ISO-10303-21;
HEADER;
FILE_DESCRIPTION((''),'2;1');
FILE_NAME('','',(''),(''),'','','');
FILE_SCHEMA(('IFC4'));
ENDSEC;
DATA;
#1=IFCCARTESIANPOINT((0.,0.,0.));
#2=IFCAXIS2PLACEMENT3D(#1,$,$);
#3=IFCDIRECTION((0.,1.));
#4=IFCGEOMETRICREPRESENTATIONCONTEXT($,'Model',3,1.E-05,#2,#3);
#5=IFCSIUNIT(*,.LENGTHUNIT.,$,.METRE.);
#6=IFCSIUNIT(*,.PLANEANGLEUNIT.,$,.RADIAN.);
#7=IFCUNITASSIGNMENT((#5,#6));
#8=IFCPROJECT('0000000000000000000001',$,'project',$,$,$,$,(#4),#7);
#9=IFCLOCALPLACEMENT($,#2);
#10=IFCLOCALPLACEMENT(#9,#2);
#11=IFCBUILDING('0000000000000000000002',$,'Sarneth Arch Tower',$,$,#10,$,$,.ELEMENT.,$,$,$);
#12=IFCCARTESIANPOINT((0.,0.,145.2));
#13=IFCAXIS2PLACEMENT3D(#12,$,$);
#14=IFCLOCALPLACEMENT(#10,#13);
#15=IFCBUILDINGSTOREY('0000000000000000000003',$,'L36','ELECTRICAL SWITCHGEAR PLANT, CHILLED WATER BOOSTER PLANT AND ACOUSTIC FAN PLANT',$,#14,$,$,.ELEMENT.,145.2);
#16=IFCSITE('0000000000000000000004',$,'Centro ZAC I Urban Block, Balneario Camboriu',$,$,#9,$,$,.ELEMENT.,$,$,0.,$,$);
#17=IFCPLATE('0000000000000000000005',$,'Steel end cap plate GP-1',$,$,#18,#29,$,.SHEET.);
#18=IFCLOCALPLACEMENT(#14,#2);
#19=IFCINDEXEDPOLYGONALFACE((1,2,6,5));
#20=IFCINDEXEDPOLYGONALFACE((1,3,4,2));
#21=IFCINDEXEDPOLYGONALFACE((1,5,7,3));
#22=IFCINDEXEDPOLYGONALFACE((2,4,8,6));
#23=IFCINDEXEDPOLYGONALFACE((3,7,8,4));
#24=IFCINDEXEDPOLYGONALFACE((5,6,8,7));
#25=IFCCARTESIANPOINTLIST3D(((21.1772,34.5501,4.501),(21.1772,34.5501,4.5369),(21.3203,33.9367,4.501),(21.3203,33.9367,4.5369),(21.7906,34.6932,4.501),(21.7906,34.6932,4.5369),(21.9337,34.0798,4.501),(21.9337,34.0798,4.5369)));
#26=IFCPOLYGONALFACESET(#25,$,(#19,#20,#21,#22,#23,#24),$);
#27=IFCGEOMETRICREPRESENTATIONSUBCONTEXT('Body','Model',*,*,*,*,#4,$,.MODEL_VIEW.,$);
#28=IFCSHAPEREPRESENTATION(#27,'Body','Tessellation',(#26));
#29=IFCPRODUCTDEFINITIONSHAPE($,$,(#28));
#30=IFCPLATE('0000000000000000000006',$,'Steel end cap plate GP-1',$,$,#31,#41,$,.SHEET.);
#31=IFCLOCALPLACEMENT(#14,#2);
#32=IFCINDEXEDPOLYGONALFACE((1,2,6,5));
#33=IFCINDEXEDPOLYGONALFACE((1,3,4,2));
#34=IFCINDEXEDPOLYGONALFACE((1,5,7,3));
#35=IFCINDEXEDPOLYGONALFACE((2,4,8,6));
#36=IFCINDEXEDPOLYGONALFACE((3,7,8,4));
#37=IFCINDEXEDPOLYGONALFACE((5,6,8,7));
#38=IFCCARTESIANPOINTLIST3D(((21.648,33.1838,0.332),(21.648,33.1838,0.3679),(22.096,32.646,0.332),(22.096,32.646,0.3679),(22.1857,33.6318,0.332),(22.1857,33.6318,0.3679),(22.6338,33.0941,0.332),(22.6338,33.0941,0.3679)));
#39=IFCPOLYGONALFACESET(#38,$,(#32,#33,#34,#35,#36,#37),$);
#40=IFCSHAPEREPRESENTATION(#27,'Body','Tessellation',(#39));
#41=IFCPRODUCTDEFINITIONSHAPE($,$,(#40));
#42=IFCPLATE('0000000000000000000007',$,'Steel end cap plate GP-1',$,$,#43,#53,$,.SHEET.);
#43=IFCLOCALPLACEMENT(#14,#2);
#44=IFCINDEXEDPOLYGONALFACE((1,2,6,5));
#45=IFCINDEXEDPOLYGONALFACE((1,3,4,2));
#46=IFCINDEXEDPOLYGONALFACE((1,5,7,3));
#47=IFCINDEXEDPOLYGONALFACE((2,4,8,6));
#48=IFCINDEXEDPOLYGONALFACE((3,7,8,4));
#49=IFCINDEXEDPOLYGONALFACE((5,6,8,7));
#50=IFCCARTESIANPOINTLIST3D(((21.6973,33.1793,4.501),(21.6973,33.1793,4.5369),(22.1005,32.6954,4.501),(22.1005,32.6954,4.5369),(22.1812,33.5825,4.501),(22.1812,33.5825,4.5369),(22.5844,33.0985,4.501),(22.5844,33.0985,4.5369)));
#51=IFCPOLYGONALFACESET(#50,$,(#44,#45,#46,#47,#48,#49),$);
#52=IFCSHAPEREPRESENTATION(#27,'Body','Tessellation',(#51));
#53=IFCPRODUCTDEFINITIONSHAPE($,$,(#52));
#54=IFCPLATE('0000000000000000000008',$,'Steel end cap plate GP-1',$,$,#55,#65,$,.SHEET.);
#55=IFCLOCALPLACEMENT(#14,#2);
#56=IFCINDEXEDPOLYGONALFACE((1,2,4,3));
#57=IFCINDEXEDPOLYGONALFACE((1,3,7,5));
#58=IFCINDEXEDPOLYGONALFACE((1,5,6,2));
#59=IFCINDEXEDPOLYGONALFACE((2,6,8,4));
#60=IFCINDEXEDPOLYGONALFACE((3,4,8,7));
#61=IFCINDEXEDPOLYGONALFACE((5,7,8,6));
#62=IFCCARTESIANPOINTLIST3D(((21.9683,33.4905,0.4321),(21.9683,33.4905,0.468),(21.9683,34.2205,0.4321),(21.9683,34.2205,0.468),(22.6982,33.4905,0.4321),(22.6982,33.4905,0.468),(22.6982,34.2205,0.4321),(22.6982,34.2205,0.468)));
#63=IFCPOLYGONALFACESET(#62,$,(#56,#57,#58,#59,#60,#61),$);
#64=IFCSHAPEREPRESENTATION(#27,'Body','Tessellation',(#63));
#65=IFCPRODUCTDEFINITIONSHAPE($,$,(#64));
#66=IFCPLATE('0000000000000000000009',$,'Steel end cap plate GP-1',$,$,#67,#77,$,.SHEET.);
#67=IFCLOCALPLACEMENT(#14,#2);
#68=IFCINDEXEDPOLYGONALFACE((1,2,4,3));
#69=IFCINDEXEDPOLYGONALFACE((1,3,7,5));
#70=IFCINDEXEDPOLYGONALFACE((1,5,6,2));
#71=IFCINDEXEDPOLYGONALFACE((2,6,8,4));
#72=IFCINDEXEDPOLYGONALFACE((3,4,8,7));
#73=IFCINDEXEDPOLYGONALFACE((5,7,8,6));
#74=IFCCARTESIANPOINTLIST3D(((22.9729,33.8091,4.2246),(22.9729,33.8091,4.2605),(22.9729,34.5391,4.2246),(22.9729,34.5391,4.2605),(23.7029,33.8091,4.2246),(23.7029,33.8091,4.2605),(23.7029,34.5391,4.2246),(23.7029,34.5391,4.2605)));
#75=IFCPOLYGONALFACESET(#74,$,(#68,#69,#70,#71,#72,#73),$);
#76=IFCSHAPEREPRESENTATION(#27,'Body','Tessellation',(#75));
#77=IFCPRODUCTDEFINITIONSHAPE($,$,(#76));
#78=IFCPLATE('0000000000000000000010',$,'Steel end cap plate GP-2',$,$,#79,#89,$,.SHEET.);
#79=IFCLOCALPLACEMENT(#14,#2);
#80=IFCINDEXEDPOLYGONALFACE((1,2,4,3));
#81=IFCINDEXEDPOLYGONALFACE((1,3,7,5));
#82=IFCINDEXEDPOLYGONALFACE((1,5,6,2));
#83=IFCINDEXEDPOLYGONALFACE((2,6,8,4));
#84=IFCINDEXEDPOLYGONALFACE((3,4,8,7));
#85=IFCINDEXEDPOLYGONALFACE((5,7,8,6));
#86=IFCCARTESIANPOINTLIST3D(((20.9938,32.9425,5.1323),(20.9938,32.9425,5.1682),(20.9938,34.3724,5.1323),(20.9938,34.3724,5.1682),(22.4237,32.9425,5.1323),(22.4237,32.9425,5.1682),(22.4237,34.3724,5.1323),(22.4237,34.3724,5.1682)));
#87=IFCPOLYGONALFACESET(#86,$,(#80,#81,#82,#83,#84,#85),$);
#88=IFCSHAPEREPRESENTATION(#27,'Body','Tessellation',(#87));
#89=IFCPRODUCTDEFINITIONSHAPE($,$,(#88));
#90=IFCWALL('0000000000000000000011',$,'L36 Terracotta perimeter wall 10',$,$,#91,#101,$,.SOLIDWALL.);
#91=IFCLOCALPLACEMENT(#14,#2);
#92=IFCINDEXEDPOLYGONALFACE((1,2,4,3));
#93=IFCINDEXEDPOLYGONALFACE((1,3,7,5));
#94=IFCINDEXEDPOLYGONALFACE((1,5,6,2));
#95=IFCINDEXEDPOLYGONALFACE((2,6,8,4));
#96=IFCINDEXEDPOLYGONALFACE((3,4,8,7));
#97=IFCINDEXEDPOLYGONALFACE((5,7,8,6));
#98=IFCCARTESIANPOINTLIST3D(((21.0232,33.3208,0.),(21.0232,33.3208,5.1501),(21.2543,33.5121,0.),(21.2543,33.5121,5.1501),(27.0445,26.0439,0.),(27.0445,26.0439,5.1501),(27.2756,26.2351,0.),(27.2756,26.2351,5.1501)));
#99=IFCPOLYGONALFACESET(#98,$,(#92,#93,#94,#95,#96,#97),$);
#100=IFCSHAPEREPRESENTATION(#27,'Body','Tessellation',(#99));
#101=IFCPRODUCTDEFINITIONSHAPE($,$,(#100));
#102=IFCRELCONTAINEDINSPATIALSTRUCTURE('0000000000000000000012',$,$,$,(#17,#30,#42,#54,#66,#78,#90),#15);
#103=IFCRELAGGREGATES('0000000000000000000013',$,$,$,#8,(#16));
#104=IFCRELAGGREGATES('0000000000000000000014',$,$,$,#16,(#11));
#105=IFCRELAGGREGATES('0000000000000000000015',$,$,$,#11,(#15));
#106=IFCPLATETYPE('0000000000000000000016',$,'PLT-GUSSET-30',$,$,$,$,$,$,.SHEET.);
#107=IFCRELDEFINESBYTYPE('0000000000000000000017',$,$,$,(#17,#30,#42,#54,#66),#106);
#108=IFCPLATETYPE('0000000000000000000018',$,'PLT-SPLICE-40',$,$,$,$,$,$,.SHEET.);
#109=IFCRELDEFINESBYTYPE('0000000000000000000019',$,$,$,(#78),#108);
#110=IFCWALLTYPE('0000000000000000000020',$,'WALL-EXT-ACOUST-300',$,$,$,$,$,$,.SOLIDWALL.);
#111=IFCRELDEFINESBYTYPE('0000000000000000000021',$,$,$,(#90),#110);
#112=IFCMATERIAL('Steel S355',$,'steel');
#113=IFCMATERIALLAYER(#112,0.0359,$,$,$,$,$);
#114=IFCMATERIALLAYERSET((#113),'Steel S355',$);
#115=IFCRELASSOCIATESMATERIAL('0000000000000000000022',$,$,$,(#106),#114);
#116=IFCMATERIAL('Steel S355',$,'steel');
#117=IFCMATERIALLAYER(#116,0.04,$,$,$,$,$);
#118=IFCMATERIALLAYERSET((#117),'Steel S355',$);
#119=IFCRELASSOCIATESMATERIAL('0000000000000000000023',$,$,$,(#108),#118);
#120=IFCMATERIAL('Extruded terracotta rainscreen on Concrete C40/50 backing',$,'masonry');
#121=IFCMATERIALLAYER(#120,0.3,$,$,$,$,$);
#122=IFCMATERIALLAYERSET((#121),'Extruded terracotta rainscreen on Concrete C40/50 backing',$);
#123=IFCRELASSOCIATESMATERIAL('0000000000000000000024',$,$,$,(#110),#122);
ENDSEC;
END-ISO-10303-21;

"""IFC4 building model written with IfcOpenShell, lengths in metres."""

from ifc_helpers import new_model, si_unit, direction, frame, frame_2d, origin, origin_2d, place, context, subcontext, project, spatial, rectangle, extrude, material, layer, layer_set, type_object, element, save


model = new_model("IFC4")

# Units and contexts
model_context = context("Model", 3, precision=1e-05, world=origin(), true_north=direction((0.0, 1.0)))
body_context = subcontext(model_context, "Body", "Model", "MODEL_VIEW")
ifc_project = project(units=[si_unit("LENGTHUNIT", "METRE"), si_unit("PLANEANGLEUNIT", "RADIAN")], contexts=[model_context])

# Site, building, storey
site_placement = place(None, origin())
site = spatial("IfcSite", under=ifc_project, at=site_placement, Name="Centro ZAC I Urban Block, Balneario Camboriu", CompositionType="ELEMENT", RefElevation=0.0)
building_placement = place(site_placement, origin())
building = spatial("IfcBuilding", under=site, at=building_placement, Name="Sarneth Arch Tower", CompositionType="ELEMENT")
storey_placement = place(building_placement, frame((0.0, 0.0, 145.2)))
storey = spatial("IfcBuildingStorey", under=building, at=storey_placement, Name="L36", Description="ELECTRICAL SWITCHGEAR PLANT, CHILLED WATER BOOSTER PLANT AND ACOUSTIC FAN PLANT", CompositionType="ELEMENT", Elevation=145.2)

# Plates
ifc_material_1 = material(Name="Steel S355", Category="steel")
ifc_layer_1 = layer(ifc_material_1, 0.0359)
ifc_layer_set_1 = layer_set([ifc_layer_1], Name="Steel S355")
plate_type_1 = type_object("IfcPlateType", Name="PLT-GUSSET-30", PredefinedType="SHEET", material=ifc_layer_set_1)
for number, where, z_axis, x_axis, name in (
    (1, (21.5554, 34.3149, 4.501), (0.0, 0.0, 1.0), (0.227161, -0.973857, 0.0), "Steel end cap plate GP-1"),
):
    element("IfcPlate", number, at=place(storey_placement, frame(where, z_axis=z_axis, x_axis=x_axis)), inside=storey, type_object=plate_type_1, Name=name, PredefinedType="SHEET", context=body_context, shape_type="SweptSolid", body=[
        extrude(rectangle(XDim=0.6299, YDim=0.6299, at=origin_2d()), origin(), (0.0, 0.0, 1.0), 0.0359),
    ])
plate_1_placement = place(storey_placement, frame((22.1409, 33.1389, 0.332), z_axis=(0.0, 0.0, 1.0), x_axis=(-0.64011, 0.768284, 0.0)))
element("IfcPlate", 2, at=plate_1_placement, inside=storey, type_object=plate_type_1, Name="Steel end cap plate GP-1", PredefinedType="SHEET", context=body_context, shape_type="SweptSolid", body=[
    extrude(rectangle(XDim=0.7, YDim=0.7, at=origin_2d()), origin(), (0.0, 0.0, 1.0), 0.0359),
])
plate_2_placement = place(storey_placement, frame((22.1409, 33.1389, 4.501), z_axis=(0.0, 0.0, 1.0), x_axis=(-0.64011, 0.768284, 0.0)))
element("IfcPlate", 3, at=plate_2_placement, inside=storey, type_object=plate_type_1, Name="Steel end cap plate GP-1", PredefinedType="SHEET", context=body_context, shape_type="SweptSolid", body=[
    extrude(rectangle(XDim=0.6299, YDim=0.6299, at=origin_2d()), origin(), (0.0, 0.0, 1.0), 0.0359),
])
for number, where, z_axis, x_axis, name in (
    (4, (22.3333, 33.8555, 0.4321), (0.0, 0.0, 1.0), (1.0, 0.0, 0.0), "Steel end cap plate GP-1"),
    (5, (23.3379, 34.1741, 4.2246), (0.0, 0.0, 1.0), (1.0, 0.0, 0.0), "Steel end cap plate GP-1"),
):
    element("IfcPlate", number, at=place(storey_placement, frame(where, z_axis=z_axis, x_axis=x_axis)), inside=storey, type_object=plate_type_1, Name=name, PredefinedType="SHEET", context=body_context, shape_type="SweptSolid", body=[
        extrude(rectangle(XDim=0.73, YDim=0.73, at=origin_2d()), origin(), (0.0, 0.0, 1.0), 0.0359),
    ])
ifc_material_2 = material(Name="Steel S355", Category="steel")
ifc_layer_2 = layer(ifc_material_2, 0.04)
ifc_layer_set_2 = layer_set([ifc_layer_2], Name="Steel S355")
plate_type_2 = type_object("IfcPlateType", Name="PLT-SPLICE-40", PredefinedType="SHEET", material=ifc_layer_set_2)
plate_3_placement = place(storey_placement, frame((21.7087, 33.6575, 5.1323), z_axis=(0.0, 0.0, 1.0), x_axis=(1.0, 0.0, 0.0)))
element("IfcPlate", 6, at=plate_3_placement, inside=storey, type_object=plate_type_2, Name="Steel end cap plate GP-2", PredefinedType="SHEET", context=body_context, shape_type="SweptSolid", body=[
    extrude(rectangle(XDim=1.4299, YDim=1.4299, at=origin_2d()), origin(), (0.0, 0.0, 1.0), 0.0359),
])

# Wall
ifc_material_3 = material(Name="Extruded terracotta rainscreen on Concrete C40/50 backing", Category="masonry")
ifc_layer_3 = layer(ifc_material_3, 0.3)
ifc_layer_set_3 = layer_set([ifc_layer_3], Name="Extruded terracotta rainscreen on Concrete C40/50 backing")
wall_type = type_object("IfcWallType", Name="WALL-EXT-ACOUST-300", PredefinedType="SOLIDWALL", material=ifc_layer_set_3)
wall_placement = place(storey_placement, frame((21.1387, 33.4165, 0.0), z_axis=(0.0, 0.0, 1.0), x_axis=(0.637506, -0.770446, 0.0)))
element("IfcWall", 7, at=wall_placement, inside=storey, type_object=wall_type, Name="L36 Terracotta perimeter wall 10", PredefinedType="SOLIDWALL", context=body_context, shape_type="SweptSolid", body=[
    extrude(rectangle(XDim=9.4451, YDim=0.3, at=frame_2d((4.7227, 0.0))), origin(), (0.0, 0.0, 1.0), 5.1501),
])

save(model, "model.ifc")
